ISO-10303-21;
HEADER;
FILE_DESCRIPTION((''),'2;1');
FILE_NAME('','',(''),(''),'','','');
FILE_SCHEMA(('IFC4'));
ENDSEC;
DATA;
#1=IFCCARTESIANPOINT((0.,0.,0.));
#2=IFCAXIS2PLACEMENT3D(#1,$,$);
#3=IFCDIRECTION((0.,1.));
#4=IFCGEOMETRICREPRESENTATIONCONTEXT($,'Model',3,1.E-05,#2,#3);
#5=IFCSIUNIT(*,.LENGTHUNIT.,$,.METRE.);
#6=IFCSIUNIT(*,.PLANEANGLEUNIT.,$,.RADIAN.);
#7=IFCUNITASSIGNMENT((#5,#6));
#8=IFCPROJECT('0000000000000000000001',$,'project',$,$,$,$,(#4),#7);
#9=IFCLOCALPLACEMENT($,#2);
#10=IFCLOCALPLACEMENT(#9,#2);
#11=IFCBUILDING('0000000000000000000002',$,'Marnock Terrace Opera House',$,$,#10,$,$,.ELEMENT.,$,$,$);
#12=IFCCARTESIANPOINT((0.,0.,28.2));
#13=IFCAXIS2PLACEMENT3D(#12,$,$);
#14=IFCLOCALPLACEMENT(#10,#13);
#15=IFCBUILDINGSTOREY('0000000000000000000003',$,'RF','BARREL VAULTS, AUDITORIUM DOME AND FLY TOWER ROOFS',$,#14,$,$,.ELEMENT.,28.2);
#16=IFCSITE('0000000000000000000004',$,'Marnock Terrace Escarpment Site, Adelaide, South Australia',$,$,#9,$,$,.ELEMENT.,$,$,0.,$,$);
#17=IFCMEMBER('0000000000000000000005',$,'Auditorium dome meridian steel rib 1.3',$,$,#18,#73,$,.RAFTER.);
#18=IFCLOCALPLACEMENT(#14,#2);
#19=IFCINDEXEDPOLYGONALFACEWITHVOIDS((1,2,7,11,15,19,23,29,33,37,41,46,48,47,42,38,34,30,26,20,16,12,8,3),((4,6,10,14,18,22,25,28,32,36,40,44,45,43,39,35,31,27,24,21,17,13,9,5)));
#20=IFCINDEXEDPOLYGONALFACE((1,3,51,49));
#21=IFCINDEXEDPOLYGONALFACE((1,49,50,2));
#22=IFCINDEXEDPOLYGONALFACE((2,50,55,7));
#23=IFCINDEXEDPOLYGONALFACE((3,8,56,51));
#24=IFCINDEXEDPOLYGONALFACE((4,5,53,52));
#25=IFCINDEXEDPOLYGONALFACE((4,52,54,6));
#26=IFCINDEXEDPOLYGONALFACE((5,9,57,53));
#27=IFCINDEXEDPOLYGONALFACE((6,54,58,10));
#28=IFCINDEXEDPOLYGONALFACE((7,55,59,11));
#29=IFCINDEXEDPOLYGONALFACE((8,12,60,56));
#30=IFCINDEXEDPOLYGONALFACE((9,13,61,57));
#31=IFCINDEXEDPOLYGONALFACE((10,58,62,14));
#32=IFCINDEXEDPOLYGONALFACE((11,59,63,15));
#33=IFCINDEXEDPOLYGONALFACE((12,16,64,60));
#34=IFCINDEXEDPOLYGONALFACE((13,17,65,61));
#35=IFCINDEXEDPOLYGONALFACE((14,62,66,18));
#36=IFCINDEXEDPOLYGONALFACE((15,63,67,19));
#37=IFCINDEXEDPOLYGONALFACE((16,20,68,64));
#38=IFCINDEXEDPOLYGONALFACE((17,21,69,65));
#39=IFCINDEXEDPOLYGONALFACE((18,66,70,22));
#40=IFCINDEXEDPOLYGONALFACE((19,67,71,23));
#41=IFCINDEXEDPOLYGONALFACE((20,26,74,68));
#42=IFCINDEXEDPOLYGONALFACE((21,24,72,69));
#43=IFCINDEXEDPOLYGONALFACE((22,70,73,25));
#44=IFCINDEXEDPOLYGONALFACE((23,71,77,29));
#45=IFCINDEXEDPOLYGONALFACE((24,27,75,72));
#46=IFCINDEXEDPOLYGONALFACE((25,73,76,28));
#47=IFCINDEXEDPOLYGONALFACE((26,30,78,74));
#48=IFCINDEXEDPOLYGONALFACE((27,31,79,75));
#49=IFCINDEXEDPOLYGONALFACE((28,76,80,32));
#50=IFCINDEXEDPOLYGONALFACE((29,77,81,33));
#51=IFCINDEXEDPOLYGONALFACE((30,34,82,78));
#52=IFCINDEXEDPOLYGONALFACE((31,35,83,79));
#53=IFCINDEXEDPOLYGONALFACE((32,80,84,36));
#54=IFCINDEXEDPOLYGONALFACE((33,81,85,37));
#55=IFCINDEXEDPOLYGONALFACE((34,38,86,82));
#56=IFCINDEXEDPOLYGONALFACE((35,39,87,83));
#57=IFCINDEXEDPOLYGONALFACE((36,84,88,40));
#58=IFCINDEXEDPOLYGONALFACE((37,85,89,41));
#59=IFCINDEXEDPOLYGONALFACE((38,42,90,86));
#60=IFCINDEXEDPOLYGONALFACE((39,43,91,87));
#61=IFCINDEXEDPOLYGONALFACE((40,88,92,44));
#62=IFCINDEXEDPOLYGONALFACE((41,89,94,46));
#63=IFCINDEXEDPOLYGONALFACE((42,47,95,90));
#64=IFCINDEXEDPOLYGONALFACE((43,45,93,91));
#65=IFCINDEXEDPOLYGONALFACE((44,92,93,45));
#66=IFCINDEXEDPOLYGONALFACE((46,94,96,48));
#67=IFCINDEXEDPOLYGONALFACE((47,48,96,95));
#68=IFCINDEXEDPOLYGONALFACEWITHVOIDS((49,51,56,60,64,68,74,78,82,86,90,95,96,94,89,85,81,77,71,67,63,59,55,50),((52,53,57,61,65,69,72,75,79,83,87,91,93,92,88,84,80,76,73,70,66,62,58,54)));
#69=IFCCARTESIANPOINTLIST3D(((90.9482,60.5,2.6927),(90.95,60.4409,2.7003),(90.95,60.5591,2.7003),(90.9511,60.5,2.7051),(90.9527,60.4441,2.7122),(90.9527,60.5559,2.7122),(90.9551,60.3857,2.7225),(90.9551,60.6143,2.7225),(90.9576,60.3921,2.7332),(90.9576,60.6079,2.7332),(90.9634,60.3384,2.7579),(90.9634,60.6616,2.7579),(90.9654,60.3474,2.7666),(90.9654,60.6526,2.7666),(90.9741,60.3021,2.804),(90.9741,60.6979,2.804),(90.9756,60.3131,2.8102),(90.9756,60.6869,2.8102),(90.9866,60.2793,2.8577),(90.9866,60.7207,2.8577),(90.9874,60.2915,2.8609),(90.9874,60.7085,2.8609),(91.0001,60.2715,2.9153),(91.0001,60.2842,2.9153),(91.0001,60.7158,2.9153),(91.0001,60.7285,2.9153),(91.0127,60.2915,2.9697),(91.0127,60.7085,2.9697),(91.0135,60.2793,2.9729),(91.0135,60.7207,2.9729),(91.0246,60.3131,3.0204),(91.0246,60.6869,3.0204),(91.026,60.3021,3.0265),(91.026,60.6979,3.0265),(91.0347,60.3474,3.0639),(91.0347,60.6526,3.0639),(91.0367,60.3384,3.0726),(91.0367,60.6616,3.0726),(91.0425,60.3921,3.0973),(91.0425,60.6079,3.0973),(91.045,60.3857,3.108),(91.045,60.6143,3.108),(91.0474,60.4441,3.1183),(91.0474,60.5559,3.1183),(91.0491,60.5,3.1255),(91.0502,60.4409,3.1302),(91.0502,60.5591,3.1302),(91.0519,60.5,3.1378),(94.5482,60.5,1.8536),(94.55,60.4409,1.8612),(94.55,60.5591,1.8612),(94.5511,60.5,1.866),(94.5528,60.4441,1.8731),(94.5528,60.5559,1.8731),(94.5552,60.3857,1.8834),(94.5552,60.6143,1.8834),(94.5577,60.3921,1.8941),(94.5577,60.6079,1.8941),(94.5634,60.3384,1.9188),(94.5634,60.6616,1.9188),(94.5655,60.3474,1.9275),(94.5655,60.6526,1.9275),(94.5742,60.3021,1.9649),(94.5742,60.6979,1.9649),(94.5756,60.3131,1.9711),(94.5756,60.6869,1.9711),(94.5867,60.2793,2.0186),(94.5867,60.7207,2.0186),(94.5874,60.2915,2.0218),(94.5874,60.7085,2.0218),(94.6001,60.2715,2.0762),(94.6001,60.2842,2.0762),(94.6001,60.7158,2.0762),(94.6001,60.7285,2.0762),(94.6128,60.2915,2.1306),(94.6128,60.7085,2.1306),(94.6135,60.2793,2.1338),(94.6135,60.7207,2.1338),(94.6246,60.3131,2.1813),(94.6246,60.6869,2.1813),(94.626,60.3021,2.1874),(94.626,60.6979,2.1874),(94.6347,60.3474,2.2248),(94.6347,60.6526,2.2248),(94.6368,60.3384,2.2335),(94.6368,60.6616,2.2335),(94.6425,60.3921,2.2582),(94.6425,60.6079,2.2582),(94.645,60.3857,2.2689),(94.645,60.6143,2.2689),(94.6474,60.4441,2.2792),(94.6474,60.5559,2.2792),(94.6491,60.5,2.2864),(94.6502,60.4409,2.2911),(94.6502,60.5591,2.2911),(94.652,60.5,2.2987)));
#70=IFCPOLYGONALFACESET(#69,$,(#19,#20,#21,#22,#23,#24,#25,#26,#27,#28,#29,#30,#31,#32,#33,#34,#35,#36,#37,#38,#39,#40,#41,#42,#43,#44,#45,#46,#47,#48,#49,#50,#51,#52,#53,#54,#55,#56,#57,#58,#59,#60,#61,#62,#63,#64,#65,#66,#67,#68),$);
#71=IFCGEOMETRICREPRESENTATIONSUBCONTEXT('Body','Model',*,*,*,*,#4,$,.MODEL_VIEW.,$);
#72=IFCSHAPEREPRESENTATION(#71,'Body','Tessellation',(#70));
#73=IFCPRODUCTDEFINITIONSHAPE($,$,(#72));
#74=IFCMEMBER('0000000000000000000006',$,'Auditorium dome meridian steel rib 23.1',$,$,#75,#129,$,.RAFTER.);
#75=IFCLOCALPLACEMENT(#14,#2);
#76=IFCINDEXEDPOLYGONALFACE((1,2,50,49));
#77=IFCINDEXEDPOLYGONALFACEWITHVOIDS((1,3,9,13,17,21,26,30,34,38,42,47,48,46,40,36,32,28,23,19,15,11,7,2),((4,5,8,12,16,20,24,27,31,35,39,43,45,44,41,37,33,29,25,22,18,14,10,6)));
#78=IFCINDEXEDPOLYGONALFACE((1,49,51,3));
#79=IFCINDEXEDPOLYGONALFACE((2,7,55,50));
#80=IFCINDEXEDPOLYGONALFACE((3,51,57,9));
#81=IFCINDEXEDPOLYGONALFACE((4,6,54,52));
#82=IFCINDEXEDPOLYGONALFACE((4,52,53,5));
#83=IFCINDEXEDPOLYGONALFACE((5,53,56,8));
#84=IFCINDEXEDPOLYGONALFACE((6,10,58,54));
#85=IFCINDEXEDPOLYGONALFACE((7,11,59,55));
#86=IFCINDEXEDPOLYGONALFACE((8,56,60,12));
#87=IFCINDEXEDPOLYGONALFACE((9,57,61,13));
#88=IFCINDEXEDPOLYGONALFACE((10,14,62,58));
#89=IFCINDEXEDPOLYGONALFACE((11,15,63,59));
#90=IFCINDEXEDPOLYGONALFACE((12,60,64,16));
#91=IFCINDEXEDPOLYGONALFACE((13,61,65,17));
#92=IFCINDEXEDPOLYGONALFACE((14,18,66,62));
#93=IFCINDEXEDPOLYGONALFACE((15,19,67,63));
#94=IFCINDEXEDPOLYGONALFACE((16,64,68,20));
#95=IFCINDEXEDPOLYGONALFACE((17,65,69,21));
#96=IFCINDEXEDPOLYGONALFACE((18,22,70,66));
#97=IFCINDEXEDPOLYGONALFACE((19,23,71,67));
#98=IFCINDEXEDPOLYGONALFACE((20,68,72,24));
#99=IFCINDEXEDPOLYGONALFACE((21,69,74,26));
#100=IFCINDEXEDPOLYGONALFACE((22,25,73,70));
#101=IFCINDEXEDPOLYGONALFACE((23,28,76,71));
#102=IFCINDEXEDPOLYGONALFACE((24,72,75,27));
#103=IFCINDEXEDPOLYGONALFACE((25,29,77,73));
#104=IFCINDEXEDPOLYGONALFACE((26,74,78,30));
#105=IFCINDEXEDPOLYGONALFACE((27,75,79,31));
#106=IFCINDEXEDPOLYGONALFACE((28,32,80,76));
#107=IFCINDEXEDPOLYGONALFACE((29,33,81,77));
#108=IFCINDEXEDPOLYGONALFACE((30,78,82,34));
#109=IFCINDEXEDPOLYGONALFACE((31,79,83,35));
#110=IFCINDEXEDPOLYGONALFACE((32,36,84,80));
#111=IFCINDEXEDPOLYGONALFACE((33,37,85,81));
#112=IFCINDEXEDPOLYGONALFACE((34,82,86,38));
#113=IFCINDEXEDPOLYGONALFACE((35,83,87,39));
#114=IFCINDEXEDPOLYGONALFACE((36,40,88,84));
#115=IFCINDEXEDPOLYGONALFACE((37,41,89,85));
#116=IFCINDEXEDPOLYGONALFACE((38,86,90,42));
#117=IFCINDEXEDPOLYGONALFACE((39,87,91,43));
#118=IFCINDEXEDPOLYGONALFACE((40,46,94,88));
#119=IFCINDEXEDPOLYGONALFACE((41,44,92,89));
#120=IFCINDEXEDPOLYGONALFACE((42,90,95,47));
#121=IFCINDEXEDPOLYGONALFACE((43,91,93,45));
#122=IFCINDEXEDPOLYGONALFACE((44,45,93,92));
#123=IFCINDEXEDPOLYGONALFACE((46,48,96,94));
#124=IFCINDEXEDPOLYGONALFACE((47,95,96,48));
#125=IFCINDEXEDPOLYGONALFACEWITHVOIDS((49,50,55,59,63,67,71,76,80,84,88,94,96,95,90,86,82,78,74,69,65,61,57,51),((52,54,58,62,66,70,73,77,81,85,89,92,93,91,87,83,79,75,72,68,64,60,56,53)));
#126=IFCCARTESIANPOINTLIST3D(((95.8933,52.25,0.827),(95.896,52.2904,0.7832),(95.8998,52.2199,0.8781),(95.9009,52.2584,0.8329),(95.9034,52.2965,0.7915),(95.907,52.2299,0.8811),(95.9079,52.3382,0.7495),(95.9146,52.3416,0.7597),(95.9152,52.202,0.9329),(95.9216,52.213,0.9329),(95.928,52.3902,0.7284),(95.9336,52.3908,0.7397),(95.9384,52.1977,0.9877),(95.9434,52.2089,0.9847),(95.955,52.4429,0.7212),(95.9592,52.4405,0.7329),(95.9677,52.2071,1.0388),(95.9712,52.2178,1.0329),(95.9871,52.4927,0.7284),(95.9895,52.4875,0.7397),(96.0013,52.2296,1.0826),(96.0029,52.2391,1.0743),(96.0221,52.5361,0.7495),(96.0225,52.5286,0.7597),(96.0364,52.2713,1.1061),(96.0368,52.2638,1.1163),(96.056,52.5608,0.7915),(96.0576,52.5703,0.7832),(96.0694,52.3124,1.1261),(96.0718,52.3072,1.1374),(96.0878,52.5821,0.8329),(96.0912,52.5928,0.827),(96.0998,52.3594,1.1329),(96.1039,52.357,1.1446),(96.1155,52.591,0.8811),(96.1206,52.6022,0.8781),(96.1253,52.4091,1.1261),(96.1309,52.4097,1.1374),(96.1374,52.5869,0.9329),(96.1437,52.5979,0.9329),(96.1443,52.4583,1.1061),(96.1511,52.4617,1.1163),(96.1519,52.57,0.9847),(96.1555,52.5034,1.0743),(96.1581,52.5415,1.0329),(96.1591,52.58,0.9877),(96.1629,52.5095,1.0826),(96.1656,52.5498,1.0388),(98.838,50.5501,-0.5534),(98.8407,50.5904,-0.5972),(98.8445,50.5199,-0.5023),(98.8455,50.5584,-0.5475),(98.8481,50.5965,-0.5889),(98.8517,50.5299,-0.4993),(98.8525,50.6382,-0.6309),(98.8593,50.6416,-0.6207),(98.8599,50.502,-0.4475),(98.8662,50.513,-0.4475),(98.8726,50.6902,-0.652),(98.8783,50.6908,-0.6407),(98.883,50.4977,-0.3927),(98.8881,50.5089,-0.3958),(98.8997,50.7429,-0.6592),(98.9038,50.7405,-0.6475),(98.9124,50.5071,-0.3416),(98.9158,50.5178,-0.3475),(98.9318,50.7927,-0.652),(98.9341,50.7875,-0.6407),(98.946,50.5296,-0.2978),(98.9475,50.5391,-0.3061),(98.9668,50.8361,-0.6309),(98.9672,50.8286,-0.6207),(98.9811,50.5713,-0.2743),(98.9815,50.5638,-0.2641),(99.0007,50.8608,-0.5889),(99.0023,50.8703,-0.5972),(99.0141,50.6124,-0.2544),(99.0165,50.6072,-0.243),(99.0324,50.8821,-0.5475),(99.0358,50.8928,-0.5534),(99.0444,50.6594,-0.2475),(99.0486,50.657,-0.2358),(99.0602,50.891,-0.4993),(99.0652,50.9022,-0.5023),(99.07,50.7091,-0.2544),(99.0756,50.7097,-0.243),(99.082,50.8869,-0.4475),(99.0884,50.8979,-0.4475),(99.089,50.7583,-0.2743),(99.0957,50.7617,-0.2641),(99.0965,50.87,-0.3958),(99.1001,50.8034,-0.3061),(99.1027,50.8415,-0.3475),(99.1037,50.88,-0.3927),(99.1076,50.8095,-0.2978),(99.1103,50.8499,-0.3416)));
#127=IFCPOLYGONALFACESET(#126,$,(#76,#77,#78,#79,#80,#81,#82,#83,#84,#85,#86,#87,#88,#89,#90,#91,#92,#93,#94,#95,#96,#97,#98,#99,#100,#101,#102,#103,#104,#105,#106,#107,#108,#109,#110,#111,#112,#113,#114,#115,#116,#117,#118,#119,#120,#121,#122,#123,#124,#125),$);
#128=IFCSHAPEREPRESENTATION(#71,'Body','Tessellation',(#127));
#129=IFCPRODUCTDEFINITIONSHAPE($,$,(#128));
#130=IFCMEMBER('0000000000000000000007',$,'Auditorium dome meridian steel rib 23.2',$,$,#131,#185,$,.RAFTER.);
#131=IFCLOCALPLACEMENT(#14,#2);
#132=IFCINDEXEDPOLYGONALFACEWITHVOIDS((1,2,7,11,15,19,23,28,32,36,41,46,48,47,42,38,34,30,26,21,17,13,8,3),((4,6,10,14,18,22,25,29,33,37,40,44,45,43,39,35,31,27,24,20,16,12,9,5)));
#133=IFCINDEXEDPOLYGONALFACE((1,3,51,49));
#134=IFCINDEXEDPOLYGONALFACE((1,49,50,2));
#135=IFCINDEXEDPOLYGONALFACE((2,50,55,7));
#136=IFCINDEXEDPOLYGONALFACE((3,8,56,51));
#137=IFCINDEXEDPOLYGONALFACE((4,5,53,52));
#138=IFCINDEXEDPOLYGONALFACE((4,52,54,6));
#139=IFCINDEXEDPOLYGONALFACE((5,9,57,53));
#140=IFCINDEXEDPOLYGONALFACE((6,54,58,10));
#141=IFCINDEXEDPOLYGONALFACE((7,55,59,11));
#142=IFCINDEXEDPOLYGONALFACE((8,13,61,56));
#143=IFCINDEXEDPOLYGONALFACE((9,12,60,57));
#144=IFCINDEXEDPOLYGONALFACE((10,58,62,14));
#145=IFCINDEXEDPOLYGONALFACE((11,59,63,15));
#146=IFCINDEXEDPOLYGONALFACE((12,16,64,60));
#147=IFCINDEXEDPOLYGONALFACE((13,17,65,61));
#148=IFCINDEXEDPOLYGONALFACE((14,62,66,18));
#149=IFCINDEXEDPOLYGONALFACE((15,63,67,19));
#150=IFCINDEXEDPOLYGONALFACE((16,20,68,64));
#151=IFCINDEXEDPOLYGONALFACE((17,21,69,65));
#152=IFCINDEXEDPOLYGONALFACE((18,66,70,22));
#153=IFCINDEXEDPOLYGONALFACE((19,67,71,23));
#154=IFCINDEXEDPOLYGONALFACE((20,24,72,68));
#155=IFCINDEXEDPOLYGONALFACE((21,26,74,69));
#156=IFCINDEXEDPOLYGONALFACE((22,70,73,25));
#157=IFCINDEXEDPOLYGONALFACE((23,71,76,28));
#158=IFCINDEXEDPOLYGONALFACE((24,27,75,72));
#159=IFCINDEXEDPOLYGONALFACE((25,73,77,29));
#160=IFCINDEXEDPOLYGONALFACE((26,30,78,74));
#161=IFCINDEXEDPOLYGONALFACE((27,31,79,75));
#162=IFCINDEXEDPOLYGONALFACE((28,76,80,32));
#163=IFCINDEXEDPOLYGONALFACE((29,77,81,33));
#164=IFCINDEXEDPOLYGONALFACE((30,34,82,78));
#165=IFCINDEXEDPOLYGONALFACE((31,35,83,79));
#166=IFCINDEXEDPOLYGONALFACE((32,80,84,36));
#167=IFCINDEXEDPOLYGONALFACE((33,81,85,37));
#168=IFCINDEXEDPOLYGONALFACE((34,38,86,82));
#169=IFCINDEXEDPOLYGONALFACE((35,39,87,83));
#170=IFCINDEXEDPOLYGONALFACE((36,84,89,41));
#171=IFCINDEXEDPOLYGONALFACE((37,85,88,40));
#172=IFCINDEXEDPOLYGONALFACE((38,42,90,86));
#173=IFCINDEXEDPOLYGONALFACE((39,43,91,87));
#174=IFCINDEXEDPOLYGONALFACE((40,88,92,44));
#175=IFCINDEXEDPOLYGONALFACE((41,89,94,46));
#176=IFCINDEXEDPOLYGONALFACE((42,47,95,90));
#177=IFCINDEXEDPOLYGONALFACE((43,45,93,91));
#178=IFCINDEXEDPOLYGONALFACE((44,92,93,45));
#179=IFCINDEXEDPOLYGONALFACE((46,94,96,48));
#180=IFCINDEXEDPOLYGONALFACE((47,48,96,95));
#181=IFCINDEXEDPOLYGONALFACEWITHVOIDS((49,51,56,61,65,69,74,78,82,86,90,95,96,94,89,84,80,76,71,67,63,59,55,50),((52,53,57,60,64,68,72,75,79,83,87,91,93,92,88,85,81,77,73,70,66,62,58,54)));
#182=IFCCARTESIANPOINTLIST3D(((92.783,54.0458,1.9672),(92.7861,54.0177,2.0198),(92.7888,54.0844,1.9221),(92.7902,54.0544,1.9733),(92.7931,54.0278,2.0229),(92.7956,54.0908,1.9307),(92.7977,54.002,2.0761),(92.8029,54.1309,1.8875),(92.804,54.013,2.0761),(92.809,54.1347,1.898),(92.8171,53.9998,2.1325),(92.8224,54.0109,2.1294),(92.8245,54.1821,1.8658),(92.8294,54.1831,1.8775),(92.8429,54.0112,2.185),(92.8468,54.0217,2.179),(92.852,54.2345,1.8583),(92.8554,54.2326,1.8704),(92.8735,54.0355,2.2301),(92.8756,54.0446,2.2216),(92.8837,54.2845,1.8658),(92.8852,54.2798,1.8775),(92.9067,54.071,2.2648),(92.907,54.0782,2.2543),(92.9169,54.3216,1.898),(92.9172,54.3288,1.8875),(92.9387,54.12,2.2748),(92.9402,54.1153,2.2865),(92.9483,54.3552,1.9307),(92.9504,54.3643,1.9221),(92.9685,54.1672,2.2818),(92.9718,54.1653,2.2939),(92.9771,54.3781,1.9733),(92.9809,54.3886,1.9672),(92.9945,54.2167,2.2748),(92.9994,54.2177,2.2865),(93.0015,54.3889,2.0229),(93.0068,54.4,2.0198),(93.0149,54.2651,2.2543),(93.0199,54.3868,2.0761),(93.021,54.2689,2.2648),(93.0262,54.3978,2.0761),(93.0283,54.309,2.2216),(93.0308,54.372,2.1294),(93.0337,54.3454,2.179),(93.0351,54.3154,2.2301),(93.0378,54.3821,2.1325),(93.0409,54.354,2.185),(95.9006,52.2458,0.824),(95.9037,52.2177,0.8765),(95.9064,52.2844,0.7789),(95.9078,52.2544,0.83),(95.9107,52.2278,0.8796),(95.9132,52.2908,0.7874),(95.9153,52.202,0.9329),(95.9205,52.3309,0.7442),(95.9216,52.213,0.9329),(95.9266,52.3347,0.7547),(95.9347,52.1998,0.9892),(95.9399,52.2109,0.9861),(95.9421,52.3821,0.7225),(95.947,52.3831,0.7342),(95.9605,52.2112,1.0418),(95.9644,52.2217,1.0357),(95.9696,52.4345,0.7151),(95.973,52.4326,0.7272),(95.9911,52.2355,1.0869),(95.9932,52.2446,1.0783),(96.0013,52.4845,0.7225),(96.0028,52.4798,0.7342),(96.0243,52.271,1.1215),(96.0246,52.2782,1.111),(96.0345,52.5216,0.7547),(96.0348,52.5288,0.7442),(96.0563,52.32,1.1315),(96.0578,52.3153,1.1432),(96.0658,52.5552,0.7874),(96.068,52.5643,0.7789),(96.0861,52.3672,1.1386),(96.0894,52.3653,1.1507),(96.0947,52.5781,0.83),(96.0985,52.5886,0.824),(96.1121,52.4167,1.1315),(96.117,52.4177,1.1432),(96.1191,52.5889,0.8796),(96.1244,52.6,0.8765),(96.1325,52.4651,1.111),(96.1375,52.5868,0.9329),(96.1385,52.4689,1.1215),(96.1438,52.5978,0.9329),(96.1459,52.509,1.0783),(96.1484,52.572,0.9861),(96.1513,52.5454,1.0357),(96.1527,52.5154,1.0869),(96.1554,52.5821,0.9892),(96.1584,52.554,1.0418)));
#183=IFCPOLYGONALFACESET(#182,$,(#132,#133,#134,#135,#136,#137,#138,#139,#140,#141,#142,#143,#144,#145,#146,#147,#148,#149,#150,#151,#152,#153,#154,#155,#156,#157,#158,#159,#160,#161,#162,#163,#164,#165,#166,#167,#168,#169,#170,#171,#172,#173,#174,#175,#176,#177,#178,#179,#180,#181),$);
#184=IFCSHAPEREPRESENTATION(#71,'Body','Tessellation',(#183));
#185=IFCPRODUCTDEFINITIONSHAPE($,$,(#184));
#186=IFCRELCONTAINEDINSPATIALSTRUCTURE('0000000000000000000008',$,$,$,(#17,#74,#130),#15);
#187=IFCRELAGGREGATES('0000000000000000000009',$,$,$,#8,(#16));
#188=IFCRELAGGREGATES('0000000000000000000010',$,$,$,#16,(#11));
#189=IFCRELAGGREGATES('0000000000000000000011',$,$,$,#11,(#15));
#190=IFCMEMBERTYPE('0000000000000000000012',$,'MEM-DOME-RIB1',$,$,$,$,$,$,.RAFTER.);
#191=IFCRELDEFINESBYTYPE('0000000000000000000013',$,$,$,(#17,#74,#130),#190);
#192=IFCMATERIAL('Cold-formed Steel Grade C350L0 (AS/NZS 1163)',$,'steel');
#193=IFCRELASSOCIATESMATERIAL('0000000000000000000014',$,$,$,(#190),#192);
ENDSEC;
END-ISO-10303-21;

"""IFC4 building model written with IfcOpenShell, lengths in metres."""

from ifc_helpers import new_model, si_unit, direction, frame, origin, origin_2d, place, context, subcontext, project, spatial, hollow_circle, extrude, material, material_profile, profile_set, type_object, element, save


model = new_model("IFC4")

# Units and contexts
model_context = context("Model", 3, precision=1e-05, world=origin(), true_north=direction((0.0, 1.0)))
body_context = subcontext(model_context, "Body", "Model", "MODEL_VIEW")
ifc_project = project(units=[si_unit("LENGTHUNIT", "METRE"), si_unit("PLANEANGLEUNIT", "RADIAN")], contexts=[model_context])

# Site, building, storey
site_placement = place(None, origin())
site = spatial("IfcSite", under=ifc_project, at=site_placement, Name="Marnock Terrace Escarpment Site, Adelaide, South Australia", CompositionType="ELEMENT", RefElevation=0.0)
building_placement = place(site_placement, origin())
building = spatial("IfcBuilding", under=site, at=building_placement, Name="Marnock Terrace Opera House", CompositionType="ELEMENT")
storey_placement = place(building_placement, frame((0.0, 0.0, 28.2)))
storey = spatial("IfcBuildingStorey", under=building, at=storey_placement, Name="RF", Description="BARREL VAULTS, AUDITORIUM DOME AND FLY TOWER ROOFS", CompositionType="ELEMENT", Elevation=28.2)

# Members
ifc_material_1 = material(Name="Cold-formed Steel Grade C350L0 (AS/NZS 1163)", Category="steel")
ifc_material_profile_1 = material_profile(ifc_material_1, hollow_circle(Radius=0.2285, WallThickness=0.0127, at=origin_2d()))
ifc_profile_set_1 = profile_set([ifc_material_profile_1], Name="Cold-formed Steel Grade C350L0 (AS/NZS 1163)")
member_type_1 = type_object("IfcMemberType", Name="MEM-DOME-RIB1", PredefinedType="RAFTER", material=ifc_profile_set_1)
member_1_placement = place(storey_placement, frame((94.6001, 60.5, 2.0762), z_axis=(-0.973896, 0.0, 0.226996), x_axis=(0.0, -1.0, 0.0)))
element("IfcMember", 1, at=member_1_placement, inside=storey, type_object=member_type_1, Name="Auditorium dome meridian steel rib 1.3", PredefinedType="RAFTER", context=body_context, shape_type="SweptSolid", body=[
    extrude(hollow_circle(Radius=0.2285, WallThickness=0.0127, at=origin_2d()), origin(), (0.0, 0.0, 1.0), 3.6965),
])
member_2_placement = place(storey_placement, frame((98.9741, 50.7, -0.4475), z_axis=(-0.80243, 0.463255, 0.376166), x_axis=(-0.499977, -0.866039, 0.0)))
element("IfcMember", 2, at=member_2_placement, inside=storey, type_object=member_type_1, Name="Auditorium dome meridian steel rib 23.1", PredefinedType="RAFTER", context=body_context, shape_type="SweptSolid", body=[
    extrude(hollow_circle(Radius=0.2285, WallThickness=0.0127, at=origin_2d()), origin(), (0.0, 0.0, 1.0), 3.6697),
])
member_3_placement = place(storey_placement, frame((96.0295, 52.3999, 0.9329), z_axis=(-0.825393, 0.476556, 0.302687), x_axis=(-0.500012, -0.866018, 0.0)))
element("IfcMember", 3, at=member_3_placement, inside=storey, type_object=member_type_1, Name="Auditorium dome meridian steel rib 23.2", PredefinedType="RAFTER", context=body_context, shape_type="SweptSolid", body=[
    extrude(hollow_circle(Radius=0.2285, WallThickness=0.0127, at=origin_2d()), origin(), (0.0, 0.0, 1.0), 3.7771),
])

save(model, "model.ifc")
